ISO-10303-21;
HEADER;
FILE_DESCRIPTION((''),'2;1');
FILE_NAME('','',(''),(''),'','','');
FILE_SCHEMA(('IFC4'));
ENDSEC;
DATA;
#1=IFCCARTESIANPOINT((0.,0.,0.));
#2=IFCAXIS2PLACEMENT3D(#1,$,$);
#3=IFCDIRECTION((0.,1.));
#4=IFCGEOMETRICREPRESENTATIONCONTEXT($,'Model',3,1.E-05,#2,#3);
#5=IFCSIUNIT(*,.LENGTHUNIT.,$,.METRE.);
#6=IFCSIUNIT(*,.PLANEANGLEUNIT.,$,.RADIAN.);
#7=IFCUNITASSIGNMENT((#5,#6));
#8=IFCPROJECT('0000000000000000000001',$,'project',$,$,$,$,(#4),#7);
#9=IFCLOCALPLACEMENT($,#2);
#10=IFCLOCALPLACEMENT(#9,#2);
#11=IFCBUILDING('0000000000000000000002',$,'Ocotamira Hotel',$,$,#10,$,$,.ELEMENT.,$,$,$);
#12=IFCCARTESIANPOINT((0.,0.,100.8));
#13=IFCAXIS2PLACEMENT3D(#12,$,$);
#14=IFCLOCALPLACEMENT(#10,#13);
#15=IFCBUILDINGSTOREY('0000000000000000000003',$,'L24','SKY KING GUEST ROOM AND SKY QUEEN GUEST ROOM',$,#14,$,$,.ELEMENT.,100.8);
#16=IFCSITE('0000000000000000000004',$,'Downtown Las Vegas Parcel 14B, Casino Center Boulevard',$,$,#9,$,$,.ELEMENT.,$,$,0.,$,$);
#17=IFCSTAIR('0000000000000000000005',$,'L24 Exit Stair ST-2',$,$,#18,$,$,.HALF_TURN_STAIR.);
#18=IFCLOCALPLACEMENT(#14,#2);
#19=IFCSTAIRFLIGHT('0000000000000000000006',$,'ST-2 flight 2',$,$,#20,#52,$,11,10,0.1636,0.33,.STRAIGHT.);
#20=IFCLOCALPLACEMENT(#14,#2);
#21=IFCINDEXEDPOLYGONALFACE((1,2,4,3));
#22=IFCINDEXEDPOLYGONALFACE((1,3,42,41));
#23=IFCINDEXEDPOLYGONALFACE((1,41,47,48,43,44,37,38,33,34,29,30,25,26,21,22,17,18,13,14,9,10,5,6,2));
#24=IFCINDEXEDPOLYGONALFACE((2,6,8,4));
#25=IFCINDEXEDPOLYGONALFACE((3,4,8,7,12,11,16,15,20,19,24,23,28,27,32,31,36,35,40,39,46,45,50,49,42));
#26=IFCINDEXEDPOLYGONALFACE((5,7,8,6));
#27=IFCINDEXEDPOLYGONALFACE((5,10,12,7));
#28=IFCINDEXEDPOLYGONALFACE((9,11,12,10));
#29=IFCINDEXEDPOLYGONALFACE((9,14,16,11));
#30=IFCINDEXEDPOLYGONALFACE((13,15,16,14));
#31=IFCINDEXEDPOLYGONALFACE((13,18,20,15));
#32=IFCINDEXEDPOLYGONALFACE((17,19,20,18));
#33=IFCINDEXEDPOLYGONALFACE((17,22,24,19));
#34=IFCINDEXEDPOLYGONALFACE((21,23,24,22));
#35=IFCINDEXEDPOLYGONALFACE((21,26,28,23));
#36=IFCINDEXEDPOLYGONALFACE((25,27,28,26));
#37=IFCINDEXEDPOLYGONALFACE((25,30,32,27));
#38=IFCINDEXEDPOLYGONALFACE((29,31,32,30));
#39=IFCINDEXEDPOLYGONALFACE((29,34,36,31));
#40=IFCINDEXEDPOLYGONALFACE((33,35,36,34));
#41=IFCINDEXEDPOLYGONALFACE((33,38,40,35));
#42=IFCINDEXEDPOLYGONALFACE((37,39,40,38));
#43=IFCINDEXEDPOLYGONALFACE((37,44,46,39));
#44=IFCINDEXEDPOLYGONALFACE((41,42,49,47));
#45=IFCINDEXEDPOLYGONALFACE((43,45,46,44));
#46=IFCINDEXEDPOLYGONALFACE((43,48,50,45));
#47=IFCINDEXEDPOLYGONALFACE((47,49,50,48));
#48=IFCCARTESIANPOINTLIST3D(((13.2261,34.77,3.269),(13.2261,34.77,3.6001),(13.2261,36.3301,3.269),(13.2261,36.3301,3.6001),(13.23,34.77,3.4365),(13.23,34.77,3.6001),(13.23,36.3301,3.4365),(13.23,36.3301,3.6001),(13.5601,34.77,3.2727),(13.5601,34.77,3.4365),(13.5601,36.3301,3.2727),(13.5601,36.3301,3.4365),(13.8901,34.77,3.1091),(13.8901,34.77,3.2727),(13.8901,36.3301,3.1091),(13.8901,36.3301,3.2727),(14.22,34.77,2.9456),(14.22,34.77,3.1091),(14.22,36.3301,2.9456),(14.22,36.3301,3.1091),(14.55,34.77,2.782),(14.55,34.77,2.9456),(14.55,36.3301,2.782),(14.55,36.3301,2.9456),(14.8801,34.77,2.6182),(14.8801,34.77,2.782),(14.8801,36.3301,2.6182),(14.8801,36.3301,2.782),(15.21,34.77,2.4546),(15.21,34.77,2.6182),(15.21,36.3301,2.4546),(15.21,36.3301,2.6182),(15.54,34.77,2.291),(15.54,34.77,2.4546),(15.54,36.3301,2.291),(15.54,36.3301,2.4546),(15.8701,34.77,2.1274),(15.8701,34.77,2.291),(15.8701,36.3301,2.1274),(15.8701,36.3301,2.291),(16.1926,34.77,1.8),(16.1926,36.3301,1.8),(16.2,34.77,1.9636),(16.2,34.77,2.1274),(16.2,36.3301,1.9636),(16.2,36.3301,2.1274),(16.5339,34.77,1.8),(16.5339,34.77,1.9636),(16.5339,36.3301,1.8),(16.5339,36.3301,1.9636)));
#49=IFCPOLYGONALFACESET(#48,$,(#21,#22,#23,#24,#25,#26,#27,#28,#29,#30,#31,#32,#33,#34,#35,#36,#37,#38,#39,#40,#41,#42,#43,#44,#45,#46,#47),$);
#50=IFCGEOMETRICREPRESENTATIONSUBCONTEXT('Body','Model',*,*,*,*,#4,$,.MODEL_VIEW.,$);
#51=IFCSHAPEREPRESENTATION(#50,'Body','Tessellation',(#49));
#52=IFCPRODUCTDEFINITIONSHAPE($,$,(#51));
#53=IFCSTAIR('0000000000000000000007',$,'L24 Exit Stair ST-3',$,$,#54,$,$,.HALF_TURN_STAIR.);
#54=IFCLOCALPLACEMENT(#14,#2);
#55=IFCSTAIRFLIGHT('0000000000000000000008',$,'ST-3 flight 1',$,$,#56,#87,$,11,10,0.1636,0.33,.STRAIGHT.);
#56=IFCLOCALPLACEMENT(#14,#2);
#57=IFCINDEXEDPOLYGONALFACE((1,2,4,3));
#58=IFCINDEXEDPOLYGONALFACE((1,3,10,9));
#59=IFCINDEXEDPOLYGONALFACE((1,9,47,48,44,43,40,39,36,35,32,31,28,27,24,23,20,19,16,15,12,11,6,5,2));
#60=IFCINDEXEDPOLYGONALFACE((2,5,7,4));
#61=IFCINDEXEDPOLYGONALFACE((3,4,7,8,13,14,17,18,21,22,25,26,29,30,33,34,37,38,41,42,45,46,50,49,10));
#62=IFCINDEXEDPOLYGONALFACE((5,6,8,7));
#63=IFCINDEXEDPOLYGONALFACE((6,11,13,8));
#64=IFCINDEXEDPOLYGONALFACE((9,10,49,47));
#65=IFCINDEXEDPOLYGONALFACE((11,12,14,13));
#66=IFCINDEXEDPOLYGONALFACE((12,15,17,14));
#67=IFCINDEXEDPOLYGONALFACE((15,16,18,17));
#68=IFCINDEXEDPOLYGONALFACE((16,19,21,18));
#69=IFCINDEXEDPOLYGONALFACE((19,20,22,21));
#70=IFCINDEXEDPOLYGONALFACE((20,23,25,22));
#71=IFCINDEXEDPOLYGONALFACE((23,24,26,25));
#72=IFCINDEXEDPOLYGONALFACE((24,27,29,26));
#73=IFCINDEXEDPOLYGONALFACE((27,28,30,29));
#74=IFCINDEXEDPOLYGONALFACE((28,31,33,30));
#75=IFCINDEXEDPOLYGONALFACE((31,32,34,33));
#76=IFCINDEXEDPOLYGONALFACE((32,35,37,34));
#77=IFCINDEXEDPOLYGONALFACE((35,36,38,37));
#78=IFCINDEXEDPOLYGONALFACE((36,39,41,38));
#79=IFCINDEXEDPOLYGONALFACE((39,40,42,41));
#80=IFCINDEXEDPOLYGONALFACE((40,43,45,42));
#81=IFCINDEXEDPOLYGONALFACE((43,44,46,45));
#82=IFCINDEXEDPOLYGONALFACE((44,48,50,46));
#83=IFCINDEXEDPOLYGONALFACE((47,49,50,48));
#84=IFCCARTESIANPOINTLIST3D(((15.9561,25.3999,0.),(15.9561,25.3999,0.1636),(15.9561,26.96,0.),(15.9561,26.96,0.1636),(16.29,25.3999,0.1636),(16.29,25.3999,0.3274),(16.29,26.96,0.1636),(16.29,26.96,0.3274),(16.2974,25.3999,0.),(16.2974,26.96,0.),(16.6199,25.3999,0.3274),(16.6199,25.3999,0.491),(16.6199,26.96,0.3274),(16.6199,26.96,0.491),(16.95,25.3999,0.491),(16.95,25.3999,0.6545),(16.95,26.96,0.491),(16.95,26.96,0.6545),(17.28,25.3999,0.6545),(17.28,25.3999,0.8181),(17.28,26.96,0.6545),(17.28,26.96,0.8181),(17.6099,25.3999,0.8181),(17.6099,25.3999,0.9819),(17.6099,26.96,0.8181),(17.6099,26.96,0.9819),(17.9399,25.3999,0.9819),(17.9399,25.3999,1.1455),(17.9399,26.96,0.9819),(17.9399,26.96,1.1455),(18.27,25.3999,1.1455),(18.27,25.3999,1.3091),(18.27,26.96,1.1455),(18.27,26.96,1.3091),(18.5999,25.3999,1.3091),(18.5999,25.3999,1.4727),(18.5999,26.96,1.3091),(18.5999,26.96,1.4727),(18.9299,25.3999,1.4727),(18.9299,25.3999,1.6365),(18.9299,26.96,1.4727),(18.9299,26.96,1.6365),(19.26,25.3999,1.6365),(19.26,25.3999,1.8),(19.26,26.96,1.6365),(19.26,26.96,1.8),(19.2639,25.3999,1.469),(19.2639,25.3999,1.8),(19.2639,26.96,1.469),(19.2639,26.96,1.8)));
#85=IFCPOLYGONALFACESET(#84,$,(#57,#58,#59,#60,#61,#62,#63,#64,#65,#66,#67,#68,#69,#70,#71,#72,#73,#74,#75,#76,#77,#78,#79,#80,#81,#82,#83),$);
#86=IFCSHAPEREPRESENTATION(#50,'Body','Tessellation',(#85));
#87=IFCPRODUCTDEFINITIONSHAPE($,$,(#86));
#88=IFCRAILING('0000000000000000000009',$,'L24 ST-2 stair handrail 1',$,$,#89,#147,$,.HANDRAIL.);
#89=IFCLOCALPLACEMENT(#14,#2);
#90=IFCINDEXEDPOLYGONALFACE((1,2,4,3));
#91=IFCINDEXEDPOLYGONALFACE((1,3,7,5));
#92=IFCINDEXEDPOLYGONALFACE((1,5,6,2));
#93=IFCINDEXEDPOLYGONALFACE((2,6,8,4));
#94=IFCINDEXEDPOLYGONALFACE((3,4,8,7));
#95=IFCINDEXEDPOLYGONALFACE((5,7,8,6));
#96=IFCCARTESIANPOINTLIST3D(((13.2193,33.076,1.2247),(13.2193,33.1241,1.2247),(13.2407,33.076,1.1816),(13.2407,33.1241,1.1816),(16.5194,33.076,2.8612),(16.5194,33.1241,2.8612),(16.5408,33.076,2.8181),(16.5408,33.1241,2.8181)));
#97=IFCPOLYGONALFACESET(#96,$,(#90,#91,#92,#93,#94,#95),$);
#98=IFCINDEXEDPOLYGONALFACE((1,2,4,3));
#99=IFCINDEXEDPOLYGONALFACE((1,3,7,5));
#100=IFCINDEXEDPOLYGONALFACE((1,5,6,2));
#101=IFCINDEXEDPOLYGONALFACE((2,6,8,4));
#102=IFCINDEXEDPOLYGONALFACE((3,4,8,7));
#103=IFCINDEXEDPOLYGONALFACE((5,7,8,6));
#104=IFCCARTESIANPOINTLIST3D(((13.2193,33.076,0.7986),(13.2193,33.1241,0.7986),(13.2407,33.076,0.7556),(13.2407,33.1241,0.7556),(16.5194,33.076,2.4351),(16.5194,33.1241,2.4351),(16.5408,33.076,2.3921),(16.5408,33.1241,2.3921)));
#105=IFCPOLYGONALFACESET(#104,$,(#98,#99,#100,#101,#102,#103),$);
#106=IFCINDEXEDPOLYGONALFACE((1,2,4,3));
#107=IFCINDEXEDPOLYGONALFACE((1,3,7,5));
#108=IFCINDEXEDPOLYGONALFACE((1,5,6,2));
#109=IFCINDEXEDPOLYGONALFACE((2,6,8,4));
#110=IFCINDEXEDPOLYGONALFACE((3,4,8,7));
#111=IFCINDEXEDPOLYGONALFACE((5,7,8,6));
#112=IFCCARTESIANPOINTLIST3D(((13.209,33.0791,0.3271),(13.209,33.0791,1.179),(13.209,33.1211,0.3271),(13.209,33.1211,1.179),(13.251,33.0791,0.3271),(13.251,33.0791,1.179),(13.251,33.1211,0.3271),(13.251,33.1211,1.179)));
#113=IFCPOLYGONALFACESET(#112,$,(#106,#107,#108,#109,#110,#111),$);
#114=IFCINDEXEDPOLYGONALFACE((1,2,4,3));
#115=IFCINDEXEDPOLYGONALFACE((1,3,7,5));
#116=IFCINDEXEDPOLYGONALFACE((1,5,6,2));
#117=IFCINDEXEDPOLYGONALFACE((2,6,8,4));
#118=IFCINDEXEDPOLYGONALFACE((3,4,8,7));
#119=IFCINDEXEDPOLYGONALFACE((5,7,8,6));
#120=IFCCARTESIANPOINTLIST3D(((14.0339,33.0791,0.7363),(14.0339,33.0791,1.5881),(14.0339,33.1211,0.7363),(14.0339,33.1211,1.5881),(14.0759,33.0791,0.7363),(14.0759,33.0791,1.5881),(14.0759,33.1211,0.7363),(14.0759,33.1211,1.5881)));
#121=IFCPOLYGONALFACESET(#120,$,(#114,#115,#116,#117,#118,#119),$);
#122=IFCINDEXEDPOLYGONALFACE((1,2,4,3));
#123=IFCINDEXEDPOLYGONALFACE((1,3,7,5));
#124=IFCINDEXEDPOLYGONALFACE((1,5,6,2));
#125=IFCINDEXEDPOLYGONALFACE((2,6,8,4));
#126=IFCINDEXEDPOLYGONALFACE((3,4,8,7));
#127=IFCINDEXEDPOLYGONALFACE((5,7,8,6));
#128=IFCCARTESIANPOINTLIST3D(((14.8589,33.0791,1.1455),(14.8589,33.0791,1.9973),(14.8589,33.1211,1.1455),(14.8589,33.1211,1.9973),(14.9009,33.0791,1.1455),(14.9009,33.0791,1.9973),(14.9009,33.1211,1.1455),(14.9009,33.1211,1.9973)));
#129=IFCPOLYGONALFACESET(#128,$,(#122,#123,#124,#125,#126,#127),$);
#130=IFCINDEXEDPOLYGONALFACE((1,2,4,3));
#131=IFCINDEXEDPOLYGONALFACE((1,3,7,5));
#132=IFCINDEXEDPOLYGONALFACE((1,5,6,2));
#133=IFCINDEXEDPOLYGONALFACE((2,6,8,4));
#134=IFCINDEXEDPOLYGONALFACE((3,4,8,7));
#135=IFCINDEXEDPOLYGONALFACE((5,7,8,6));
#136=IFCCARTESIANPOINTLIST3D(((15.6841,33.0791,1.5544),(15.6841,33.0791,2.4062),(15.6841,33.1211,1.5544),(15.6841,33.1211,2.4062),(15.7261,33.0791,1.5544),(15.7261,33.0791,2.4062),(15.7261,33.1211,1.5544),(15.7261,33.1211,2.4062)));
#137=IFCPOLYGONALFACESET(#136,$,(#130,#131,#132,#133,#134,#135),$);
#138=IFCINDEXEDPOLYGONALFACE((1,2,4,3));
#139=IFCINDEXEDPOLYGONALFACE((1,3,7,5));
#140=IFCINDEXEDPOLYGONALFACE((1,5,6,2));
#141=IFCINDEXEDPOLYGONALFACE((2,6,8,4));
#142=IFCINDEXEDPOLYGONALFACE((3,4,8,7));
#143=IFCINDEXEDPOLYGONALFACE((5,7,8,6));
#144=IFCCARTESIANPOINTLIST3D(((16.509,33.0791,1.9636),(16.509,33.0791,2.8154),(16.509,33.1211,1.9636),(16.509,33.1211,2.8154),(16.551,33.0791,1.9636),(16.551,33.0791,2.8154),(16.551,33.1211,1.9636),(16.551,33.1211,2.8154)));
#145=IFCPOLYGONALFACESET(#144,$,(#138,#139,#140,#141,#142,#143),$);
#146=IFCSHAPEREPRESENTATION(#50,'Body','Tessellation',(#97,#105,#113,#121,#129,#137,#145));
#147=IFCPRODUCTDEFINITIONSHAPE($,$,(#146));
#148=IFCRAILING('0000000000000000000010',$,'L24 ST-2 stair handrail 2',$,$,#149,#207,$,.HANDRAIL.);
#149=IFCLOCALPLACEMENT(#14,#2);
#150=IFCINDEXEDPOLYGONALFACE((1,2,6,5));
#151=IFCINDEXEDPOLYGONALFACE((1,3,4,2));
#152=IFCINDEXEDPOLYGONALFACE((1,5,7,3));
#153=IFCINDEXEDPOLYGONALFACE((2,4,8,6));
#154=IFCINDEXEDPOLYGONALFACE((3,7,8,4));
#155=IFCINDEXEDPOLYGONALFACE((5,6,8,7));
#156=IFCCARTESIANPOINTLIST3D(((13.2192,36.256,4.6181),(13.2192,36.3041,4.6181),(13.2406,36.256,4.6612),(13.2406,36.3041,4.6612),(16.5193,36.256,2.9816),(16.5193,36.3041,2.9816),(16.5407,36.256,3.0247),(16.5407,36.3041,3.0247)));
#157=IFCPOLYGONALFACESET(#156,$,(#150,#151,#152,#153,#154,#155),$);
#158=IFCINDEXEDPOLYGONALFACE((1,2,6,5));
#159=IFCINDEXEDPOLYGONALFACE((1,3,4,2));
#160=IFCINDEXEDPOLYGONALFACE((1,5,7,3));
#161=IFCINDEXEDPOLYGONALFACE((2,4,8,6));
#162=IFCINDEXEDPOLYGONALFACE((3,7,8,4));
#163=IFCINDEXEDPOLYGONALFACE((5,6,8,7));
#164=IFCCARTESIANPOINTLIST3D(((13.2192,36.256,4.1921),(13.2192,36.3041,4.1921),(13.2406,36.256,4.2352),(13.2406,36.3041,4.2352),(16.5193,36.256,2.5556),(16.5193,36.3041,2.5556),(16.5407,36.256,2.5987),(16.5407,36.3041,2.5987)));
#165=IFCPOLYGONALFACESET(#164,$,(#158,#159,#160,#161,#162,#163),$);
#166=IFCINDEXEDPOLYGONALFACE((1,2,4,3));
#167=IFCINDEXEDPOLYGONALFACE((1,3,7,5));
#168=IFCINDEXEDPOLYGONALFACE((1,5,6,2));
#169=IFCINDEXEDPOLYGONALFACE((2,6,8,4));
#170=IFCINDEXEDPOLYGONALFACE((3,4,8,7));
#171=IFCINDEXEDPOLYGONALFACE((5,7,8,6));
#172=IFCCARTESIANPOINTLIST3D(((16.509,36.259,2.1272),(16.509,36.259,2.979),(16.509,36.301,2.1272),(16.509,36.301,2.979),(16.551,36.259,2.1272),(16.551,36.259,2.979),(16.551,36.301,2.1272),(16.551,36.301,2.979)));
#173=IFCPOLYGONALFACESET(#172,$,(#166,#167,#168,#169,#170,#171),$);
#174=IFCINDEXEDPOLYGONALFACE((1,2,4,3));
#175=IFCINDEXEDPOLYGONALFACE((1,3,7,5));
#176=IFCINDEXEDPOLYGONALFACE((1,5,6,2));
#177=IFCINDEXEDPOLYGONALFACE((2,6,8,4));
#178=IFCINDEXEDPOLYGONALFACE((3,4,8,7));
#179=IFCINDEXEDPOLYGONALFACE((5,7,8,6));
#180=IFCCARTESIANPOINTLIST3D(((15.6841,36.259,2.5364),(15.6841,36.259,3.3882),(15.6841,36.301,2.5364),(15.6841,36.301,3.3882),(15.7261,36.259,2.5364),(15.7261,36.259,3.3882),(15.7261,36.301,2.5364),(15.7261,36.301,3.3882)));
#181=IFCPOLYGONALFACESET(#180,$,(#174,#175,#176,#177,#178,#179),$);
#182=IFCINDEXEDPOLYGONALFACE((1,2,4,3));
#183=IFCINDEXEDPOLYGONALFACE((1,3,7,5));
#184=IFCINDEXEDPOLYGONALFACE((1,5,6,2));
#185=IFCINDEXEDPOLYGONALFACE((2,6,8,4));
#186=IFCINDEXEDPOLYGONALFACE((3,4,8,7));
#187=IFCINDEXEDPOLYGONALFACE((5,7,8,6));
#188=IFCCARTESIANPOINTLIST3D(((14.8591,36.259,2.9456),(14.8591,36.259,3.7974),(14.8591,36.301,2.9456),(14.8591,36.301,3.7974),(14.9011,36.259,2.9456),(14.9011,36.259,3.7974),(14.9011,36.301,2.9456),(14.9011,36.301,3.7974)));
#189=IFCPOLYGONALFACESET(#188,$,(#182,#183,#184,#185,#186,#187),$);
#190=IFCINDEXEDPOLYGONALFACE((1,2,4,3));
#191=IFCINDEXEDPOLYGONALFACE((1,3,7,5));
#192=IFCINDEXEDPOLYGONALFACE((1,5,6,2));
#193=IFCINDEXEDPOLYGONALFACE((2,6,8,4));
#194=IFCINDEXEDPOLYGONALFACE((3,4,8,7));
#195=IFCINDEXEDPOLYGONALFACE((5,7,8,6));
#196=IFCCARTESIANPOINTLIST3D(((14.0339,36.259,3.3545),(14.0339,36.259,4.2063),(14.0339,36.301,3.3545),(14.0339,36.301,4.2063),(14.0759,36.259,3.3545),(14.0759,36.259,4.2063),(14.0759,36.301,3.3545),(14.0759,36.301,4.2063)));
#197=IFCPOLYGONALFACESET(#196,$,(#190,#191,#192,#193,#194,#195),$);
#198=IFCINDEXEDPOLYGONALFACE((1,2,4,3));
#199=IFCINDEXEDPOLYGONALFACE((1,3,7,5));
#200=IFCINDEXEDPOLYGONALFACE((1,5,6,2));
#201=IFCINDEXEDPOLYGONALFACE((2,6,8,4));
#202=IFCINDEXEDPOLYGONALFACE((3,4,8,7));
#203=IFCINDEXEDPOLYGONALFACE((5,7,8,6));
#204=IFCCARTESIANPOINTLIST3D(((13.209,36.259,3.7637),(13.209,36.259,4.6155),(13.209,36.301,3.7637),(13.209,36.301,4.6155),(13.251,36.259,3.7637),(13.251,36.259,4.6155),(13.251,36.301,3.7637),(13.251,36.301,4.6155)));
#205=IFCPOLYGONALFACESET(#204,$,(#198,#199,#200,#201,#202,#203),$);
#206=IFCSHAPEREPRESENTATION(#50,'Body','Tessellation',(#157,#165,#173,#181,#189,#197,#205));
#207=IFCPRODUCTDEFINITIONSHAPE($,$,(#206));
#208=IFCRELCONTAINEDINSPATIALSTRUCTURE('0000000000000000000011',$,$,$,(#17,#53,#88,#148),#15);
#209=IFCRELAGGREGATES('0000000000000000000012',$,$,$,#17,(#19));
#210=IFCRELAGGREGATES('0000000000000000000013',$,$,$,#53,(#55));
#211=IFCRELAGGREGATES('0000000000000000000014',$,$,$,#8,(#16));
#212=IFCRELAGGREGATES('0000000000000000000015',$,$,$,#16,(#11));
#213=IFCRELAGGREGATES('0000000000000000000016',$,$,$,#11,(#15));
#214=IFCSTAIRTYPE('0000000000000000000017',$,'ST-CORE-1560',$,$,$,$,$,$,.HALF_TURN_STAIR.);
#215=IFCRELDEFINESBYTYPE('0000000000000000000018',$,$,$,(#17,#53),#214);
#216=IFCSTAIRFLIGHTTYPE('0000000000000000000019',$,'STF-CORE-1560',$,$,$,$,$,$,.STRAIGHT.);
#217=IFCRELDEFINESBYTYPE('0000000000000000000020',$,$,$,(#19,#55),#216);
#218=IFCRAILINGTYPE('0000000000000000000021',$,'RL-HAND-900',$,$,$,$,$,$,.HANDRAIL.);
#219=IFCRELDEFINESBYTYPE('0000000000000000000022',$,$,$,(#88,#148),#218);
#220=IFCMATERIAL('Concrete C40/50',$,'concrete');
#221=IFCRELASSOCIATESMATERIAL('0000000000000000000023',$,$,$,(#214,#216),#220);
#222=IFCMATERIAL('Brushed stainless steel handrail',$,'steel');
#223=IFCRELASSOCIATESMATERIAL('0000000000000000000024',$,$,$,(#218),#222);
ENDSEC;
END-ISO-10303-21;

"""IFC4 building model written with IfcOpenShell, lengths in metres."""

from ifc_helpers import new_model, si_unit, direction, frame, origin, origin_2d, place, context, subcontext, project, spatial, polyline, rectangle, outline, extrude, source, transform, mapped, material, type_object, element, aggregate, save


model = new_model("IFC4")

# Units and contexts
model_context = context("Model", 3, precision=1e-05, world=origin(), true_north=direction((0.0, 1.0)))
body_context = subcontext(model_context, "Body", "Model", "MODEL_VIEW")
ifc_project = project(units=[si_unit("LENGTHUNIT", "METRE"), si_unit("PLANEANGLEUNIT", "RADIAN")], contexts=[model_context])

# Site, building, storey
site_placement = place(None, origin())
site = spatial("IfcSite", under=ifc_project, at=site_placement, Name="Downtown Las Vegas Parcel 14B, Casino Center Boulevard", CompositionType="ELEMENT", RefElevation=0.0)
building_placement = place(site_placement, origin())
building = spatial("IfcBuilding", under=site, at=building_placement, Name="Ocotamira Hotel", CompositionType="ELEMENT")
storey_placement = place(building_placement, frame((0.0, 0.0, 100.8)))
storey = spatial("IfcBuildingStorey", under=building, at=storey_placement, Name="L24", Description="SKY KING GUEST ROOM AND SKY QUEEN GUEST ROOM", CompositionType="ELEMENT", Elevation=100.8)

# Stair, stair flight
ifc_material_1 = material(Name="Concrete C40/50", Category="concrete")
stair_type = type_object("IfcStairType", Name="ST-CORE-1560", PredefinedType="HALF_TURN_STAIR", material=ifc_material_1)
stair_1_placement = place(storey_placement, origin())
stair_1 = element("IfcStair", 1, at=stair_1_placement, inside=storey, type_object=stair_type, Name="L24 Exit Stair ST-2", PredefinedType="HALF_TURN_STAIR")
stair_flight_type = type_object("IfcStairFlightType", Name="STF-CORE-1560", PredefinedType="STRAIGHT", material=ifc_material_1)
shared_shape_1 = source(origin(), body_context, "Body", "SweptSolid", [
    extrude(outline(polyline([(-0.0039, 0.0), (-0.0039, 0.1636), (0.3301, 0.1636), (0.3301, 0.3274), (0.6599, 0.3274), (0.6599, 0.491), (0.99, 0.491), (0.99, 0.6545), (1.3201, 0.6545), (1.3201, 0.8181), (1.6499, 0.8181), (1.6499, 0.9819), (1.98, 0.9819), (1.98, 1.1455), (2.3101, 1.1455), (2.3101, 1.3091), (2.6399, 1.3091), (2.6399, 1.4727), (2.97, 1.4727), (2.97, 1.6365), (3.3, 1.6365), (3.3, 1.8), (3.304, 1.8), (3.304, 1.469), (0.3374, 0.0), (-0.0039, 0.0)])), frame((0.0, 0.78, 0.0), z_axis=(0.0, -1.0, 0.0), x_axis=(1.0, 0.0, 0.0)), (0.0, 0.0, 1.0), 1.5601),
])
stair_flight_1_placement = place(storey_placement, frame((16.53, 35.55, 1.8), z_axis=(0.0, 0.0, 1.0), x_axis=(-1.0, 0.0, 0.0)))
stair_flight_1 = element("IfcStairFlight", 2, at=stair_flight_1_placement, type_object=stair_flight_type, Name="ST-2 flight 2", NumberOfRisers=11, NumberOfTreads=10, PredefinedType="STRAIGHT", RiserHeight=0.1636, TreadLength=0.33, context=body_context, shape_type="MappedRepresentation", body=[
    mapped(shared_shape_1, transform((0.0, 0.0, 0.0), scale=1.0)),
])
aggregate(stair_1, [stair_flight_1])

# Stair, stair flight
stair_2_placement = place(storey_placement, origin())
stair_2 = element("IfcStair", 3, at=stair_2_placement, inside=storey, type_object=stair_type, Name="L24 Exit Stair ST-3", PredefinedType="HALF_TURN_STAIR")
stair_flight_2_placement = place(storey_placement, frame((15.96, 26.1799, 0.0), z_axis=(0.0, 0.0, 1.0), x_axis=(1.0, 0.0, 0.0)))
stair_flight_2 = element("IfcStairFlight", 4, at=stair_flight_2_placement, type_object=stair_flight_type, Name="ST-3 flight 1", NumberOfRisers=11, NumberOfTreads=10, PredefinedType="STRAIGHT", RiserHeight=0.1636, TreadLength=0.33, context=body_context, shape_type="MappedRepresentation", body=[
    mapped(shared_shape_1, transform((0.0, 0.0, 0.0), scale=1.0)),
])
aggregate(stair_2, [stair_flight_2])

# Railings
ifc_material_2 = material(Name="Brushed stainless steel handrail", Category="steel")
railing_type_1 = type_object("IfcRailingType", Name="RL-HAND-900", PredefinedType="HANDRAIL", material=ifc_material_2)
railing_1_placement = place(storey_placement, frame((13.23, 33.1001, 0.3271)))
element("IfcRailing", 5, at=railing_1_placement, inside=storey, type_object=railing_type_1, Name="L24 ST-2 stair handrail 1", PredefinedType="HANDRAIL", context=body_context, shape_type="SweptSolid", body=[
    extrude(rectangle(XDim=0.0481, YDim=0.0481, at=origin_2d()), frame((0.0, 0.0, 0.876), z_axis=(0.895894, 0.0, 0.444268), x_axis=(0.0, 1.0, 0.0)), (0.0, 0.0, 1.0), 3.6836),
    extrude(rectangle(XDim=0.0481, YDim=0.0481, at=origin_2d()), frame((0.0, 0.0, 0.45), z_axis=(0.895894, 0.0, 0.444268), x_axis=(0.0, 1.0, 0.0)), (0.0, 0.0, 1.0), 3.6836),
    extrude(rectangle(XDim=0.042, YDim=0.042, at=origin_2d()), origin(), (0.0, 0.0, 1.0), 0.8518),
    extrude(rectangle(XDim=0.042, YDim=0.042, at=origin_2d()), frame((0.825, 0.0, 0.4092)), (0.0, 0.0, 1.0), 0.8518),
    extrude(rectangle(XDim=0.042, YDim=0.042, at=origin_2d()), frame((1.6499, 0.0, 0.8184)), (0.0, 0.0, 1.0), 0.8518),
    extrude(rectangle(XDim=0.042, YDim=0.042, at=origin_2d()), frame((2.4751, 0.0, 1.2273)), (0.0, 0.0, 1.0), 0.8518),
    extrude(rectangle(XDim=0.042, YDim=0.042, at=origin_2d()), frame((3.3, 0.0, 1.6365)), (0.0, 0.0, 1.0), 0.8518),
])
railing_2_placement = place(storey_placement, frame((16.53, 36.28, 2.1272)))
element("IfcRailing", 6, at=railing_2_placement, inside=storey, type_object=railing_type_1, Name="L24 ST-2 stair handrail 2", PredefinedType="HANDRAIL", context=body_context, shape_type="SweptSolid", body=[
    extrude(rectangle(XDim=0.0481, YDim=0.0481, at=origin_2d()), frame((0.0, 0.0, 0.876), z_axis=(-0.895894, 0.0, 0.444268), x_axis=(0.0, -1.0, 0.0)), (0.0, 0.0, 1.0), 3.6836),
    extrude(rectangle(XDim=0.0481, YDim=0.0481, at=origin_2d()), frame((0.0, 0.0, 0.45), z_axis=(-0.895894, 0.0, 0.444268), x_axis=(0.0, -1.0, 0.0)), (0.0, 0.0, 1.0), 3.6836),
    extrude(rectangle(XDim=0.042, YDim=0.042, at=origin_2d()), origin(), (0.0, 0.0, 1.0), 0.8518),
    extrude(rectangle(XDim=0.042, YDim=0.042, at=origin_2d()), frame((-0.825, 0.0, 0.4092)), (0.0, 0.0, 1.0), 0.8518),
    extrude(rectangle(XDim=0.042, YDim=0.042, at=origin_2d()), frame((-1.6499, 0.0, 0.8184)), (0.0, 0.0, 1.0), 0.8518),
    extrude(rectangle(XDim=0.042, YDim=0.042, at=origin_2d()), frame((-2.4751, 0.0, 1.2273)), (0.0, 0.0, 1.0), 0.8518),
    extrude(rectangle(XDim=0.042, YDim=0.042, at=origin_2d()), frame((-3.3, 0.0, 1.6365)), (0.0, 0.0, 1.0), 0.8518),
])

save(model, "model.ifc")
